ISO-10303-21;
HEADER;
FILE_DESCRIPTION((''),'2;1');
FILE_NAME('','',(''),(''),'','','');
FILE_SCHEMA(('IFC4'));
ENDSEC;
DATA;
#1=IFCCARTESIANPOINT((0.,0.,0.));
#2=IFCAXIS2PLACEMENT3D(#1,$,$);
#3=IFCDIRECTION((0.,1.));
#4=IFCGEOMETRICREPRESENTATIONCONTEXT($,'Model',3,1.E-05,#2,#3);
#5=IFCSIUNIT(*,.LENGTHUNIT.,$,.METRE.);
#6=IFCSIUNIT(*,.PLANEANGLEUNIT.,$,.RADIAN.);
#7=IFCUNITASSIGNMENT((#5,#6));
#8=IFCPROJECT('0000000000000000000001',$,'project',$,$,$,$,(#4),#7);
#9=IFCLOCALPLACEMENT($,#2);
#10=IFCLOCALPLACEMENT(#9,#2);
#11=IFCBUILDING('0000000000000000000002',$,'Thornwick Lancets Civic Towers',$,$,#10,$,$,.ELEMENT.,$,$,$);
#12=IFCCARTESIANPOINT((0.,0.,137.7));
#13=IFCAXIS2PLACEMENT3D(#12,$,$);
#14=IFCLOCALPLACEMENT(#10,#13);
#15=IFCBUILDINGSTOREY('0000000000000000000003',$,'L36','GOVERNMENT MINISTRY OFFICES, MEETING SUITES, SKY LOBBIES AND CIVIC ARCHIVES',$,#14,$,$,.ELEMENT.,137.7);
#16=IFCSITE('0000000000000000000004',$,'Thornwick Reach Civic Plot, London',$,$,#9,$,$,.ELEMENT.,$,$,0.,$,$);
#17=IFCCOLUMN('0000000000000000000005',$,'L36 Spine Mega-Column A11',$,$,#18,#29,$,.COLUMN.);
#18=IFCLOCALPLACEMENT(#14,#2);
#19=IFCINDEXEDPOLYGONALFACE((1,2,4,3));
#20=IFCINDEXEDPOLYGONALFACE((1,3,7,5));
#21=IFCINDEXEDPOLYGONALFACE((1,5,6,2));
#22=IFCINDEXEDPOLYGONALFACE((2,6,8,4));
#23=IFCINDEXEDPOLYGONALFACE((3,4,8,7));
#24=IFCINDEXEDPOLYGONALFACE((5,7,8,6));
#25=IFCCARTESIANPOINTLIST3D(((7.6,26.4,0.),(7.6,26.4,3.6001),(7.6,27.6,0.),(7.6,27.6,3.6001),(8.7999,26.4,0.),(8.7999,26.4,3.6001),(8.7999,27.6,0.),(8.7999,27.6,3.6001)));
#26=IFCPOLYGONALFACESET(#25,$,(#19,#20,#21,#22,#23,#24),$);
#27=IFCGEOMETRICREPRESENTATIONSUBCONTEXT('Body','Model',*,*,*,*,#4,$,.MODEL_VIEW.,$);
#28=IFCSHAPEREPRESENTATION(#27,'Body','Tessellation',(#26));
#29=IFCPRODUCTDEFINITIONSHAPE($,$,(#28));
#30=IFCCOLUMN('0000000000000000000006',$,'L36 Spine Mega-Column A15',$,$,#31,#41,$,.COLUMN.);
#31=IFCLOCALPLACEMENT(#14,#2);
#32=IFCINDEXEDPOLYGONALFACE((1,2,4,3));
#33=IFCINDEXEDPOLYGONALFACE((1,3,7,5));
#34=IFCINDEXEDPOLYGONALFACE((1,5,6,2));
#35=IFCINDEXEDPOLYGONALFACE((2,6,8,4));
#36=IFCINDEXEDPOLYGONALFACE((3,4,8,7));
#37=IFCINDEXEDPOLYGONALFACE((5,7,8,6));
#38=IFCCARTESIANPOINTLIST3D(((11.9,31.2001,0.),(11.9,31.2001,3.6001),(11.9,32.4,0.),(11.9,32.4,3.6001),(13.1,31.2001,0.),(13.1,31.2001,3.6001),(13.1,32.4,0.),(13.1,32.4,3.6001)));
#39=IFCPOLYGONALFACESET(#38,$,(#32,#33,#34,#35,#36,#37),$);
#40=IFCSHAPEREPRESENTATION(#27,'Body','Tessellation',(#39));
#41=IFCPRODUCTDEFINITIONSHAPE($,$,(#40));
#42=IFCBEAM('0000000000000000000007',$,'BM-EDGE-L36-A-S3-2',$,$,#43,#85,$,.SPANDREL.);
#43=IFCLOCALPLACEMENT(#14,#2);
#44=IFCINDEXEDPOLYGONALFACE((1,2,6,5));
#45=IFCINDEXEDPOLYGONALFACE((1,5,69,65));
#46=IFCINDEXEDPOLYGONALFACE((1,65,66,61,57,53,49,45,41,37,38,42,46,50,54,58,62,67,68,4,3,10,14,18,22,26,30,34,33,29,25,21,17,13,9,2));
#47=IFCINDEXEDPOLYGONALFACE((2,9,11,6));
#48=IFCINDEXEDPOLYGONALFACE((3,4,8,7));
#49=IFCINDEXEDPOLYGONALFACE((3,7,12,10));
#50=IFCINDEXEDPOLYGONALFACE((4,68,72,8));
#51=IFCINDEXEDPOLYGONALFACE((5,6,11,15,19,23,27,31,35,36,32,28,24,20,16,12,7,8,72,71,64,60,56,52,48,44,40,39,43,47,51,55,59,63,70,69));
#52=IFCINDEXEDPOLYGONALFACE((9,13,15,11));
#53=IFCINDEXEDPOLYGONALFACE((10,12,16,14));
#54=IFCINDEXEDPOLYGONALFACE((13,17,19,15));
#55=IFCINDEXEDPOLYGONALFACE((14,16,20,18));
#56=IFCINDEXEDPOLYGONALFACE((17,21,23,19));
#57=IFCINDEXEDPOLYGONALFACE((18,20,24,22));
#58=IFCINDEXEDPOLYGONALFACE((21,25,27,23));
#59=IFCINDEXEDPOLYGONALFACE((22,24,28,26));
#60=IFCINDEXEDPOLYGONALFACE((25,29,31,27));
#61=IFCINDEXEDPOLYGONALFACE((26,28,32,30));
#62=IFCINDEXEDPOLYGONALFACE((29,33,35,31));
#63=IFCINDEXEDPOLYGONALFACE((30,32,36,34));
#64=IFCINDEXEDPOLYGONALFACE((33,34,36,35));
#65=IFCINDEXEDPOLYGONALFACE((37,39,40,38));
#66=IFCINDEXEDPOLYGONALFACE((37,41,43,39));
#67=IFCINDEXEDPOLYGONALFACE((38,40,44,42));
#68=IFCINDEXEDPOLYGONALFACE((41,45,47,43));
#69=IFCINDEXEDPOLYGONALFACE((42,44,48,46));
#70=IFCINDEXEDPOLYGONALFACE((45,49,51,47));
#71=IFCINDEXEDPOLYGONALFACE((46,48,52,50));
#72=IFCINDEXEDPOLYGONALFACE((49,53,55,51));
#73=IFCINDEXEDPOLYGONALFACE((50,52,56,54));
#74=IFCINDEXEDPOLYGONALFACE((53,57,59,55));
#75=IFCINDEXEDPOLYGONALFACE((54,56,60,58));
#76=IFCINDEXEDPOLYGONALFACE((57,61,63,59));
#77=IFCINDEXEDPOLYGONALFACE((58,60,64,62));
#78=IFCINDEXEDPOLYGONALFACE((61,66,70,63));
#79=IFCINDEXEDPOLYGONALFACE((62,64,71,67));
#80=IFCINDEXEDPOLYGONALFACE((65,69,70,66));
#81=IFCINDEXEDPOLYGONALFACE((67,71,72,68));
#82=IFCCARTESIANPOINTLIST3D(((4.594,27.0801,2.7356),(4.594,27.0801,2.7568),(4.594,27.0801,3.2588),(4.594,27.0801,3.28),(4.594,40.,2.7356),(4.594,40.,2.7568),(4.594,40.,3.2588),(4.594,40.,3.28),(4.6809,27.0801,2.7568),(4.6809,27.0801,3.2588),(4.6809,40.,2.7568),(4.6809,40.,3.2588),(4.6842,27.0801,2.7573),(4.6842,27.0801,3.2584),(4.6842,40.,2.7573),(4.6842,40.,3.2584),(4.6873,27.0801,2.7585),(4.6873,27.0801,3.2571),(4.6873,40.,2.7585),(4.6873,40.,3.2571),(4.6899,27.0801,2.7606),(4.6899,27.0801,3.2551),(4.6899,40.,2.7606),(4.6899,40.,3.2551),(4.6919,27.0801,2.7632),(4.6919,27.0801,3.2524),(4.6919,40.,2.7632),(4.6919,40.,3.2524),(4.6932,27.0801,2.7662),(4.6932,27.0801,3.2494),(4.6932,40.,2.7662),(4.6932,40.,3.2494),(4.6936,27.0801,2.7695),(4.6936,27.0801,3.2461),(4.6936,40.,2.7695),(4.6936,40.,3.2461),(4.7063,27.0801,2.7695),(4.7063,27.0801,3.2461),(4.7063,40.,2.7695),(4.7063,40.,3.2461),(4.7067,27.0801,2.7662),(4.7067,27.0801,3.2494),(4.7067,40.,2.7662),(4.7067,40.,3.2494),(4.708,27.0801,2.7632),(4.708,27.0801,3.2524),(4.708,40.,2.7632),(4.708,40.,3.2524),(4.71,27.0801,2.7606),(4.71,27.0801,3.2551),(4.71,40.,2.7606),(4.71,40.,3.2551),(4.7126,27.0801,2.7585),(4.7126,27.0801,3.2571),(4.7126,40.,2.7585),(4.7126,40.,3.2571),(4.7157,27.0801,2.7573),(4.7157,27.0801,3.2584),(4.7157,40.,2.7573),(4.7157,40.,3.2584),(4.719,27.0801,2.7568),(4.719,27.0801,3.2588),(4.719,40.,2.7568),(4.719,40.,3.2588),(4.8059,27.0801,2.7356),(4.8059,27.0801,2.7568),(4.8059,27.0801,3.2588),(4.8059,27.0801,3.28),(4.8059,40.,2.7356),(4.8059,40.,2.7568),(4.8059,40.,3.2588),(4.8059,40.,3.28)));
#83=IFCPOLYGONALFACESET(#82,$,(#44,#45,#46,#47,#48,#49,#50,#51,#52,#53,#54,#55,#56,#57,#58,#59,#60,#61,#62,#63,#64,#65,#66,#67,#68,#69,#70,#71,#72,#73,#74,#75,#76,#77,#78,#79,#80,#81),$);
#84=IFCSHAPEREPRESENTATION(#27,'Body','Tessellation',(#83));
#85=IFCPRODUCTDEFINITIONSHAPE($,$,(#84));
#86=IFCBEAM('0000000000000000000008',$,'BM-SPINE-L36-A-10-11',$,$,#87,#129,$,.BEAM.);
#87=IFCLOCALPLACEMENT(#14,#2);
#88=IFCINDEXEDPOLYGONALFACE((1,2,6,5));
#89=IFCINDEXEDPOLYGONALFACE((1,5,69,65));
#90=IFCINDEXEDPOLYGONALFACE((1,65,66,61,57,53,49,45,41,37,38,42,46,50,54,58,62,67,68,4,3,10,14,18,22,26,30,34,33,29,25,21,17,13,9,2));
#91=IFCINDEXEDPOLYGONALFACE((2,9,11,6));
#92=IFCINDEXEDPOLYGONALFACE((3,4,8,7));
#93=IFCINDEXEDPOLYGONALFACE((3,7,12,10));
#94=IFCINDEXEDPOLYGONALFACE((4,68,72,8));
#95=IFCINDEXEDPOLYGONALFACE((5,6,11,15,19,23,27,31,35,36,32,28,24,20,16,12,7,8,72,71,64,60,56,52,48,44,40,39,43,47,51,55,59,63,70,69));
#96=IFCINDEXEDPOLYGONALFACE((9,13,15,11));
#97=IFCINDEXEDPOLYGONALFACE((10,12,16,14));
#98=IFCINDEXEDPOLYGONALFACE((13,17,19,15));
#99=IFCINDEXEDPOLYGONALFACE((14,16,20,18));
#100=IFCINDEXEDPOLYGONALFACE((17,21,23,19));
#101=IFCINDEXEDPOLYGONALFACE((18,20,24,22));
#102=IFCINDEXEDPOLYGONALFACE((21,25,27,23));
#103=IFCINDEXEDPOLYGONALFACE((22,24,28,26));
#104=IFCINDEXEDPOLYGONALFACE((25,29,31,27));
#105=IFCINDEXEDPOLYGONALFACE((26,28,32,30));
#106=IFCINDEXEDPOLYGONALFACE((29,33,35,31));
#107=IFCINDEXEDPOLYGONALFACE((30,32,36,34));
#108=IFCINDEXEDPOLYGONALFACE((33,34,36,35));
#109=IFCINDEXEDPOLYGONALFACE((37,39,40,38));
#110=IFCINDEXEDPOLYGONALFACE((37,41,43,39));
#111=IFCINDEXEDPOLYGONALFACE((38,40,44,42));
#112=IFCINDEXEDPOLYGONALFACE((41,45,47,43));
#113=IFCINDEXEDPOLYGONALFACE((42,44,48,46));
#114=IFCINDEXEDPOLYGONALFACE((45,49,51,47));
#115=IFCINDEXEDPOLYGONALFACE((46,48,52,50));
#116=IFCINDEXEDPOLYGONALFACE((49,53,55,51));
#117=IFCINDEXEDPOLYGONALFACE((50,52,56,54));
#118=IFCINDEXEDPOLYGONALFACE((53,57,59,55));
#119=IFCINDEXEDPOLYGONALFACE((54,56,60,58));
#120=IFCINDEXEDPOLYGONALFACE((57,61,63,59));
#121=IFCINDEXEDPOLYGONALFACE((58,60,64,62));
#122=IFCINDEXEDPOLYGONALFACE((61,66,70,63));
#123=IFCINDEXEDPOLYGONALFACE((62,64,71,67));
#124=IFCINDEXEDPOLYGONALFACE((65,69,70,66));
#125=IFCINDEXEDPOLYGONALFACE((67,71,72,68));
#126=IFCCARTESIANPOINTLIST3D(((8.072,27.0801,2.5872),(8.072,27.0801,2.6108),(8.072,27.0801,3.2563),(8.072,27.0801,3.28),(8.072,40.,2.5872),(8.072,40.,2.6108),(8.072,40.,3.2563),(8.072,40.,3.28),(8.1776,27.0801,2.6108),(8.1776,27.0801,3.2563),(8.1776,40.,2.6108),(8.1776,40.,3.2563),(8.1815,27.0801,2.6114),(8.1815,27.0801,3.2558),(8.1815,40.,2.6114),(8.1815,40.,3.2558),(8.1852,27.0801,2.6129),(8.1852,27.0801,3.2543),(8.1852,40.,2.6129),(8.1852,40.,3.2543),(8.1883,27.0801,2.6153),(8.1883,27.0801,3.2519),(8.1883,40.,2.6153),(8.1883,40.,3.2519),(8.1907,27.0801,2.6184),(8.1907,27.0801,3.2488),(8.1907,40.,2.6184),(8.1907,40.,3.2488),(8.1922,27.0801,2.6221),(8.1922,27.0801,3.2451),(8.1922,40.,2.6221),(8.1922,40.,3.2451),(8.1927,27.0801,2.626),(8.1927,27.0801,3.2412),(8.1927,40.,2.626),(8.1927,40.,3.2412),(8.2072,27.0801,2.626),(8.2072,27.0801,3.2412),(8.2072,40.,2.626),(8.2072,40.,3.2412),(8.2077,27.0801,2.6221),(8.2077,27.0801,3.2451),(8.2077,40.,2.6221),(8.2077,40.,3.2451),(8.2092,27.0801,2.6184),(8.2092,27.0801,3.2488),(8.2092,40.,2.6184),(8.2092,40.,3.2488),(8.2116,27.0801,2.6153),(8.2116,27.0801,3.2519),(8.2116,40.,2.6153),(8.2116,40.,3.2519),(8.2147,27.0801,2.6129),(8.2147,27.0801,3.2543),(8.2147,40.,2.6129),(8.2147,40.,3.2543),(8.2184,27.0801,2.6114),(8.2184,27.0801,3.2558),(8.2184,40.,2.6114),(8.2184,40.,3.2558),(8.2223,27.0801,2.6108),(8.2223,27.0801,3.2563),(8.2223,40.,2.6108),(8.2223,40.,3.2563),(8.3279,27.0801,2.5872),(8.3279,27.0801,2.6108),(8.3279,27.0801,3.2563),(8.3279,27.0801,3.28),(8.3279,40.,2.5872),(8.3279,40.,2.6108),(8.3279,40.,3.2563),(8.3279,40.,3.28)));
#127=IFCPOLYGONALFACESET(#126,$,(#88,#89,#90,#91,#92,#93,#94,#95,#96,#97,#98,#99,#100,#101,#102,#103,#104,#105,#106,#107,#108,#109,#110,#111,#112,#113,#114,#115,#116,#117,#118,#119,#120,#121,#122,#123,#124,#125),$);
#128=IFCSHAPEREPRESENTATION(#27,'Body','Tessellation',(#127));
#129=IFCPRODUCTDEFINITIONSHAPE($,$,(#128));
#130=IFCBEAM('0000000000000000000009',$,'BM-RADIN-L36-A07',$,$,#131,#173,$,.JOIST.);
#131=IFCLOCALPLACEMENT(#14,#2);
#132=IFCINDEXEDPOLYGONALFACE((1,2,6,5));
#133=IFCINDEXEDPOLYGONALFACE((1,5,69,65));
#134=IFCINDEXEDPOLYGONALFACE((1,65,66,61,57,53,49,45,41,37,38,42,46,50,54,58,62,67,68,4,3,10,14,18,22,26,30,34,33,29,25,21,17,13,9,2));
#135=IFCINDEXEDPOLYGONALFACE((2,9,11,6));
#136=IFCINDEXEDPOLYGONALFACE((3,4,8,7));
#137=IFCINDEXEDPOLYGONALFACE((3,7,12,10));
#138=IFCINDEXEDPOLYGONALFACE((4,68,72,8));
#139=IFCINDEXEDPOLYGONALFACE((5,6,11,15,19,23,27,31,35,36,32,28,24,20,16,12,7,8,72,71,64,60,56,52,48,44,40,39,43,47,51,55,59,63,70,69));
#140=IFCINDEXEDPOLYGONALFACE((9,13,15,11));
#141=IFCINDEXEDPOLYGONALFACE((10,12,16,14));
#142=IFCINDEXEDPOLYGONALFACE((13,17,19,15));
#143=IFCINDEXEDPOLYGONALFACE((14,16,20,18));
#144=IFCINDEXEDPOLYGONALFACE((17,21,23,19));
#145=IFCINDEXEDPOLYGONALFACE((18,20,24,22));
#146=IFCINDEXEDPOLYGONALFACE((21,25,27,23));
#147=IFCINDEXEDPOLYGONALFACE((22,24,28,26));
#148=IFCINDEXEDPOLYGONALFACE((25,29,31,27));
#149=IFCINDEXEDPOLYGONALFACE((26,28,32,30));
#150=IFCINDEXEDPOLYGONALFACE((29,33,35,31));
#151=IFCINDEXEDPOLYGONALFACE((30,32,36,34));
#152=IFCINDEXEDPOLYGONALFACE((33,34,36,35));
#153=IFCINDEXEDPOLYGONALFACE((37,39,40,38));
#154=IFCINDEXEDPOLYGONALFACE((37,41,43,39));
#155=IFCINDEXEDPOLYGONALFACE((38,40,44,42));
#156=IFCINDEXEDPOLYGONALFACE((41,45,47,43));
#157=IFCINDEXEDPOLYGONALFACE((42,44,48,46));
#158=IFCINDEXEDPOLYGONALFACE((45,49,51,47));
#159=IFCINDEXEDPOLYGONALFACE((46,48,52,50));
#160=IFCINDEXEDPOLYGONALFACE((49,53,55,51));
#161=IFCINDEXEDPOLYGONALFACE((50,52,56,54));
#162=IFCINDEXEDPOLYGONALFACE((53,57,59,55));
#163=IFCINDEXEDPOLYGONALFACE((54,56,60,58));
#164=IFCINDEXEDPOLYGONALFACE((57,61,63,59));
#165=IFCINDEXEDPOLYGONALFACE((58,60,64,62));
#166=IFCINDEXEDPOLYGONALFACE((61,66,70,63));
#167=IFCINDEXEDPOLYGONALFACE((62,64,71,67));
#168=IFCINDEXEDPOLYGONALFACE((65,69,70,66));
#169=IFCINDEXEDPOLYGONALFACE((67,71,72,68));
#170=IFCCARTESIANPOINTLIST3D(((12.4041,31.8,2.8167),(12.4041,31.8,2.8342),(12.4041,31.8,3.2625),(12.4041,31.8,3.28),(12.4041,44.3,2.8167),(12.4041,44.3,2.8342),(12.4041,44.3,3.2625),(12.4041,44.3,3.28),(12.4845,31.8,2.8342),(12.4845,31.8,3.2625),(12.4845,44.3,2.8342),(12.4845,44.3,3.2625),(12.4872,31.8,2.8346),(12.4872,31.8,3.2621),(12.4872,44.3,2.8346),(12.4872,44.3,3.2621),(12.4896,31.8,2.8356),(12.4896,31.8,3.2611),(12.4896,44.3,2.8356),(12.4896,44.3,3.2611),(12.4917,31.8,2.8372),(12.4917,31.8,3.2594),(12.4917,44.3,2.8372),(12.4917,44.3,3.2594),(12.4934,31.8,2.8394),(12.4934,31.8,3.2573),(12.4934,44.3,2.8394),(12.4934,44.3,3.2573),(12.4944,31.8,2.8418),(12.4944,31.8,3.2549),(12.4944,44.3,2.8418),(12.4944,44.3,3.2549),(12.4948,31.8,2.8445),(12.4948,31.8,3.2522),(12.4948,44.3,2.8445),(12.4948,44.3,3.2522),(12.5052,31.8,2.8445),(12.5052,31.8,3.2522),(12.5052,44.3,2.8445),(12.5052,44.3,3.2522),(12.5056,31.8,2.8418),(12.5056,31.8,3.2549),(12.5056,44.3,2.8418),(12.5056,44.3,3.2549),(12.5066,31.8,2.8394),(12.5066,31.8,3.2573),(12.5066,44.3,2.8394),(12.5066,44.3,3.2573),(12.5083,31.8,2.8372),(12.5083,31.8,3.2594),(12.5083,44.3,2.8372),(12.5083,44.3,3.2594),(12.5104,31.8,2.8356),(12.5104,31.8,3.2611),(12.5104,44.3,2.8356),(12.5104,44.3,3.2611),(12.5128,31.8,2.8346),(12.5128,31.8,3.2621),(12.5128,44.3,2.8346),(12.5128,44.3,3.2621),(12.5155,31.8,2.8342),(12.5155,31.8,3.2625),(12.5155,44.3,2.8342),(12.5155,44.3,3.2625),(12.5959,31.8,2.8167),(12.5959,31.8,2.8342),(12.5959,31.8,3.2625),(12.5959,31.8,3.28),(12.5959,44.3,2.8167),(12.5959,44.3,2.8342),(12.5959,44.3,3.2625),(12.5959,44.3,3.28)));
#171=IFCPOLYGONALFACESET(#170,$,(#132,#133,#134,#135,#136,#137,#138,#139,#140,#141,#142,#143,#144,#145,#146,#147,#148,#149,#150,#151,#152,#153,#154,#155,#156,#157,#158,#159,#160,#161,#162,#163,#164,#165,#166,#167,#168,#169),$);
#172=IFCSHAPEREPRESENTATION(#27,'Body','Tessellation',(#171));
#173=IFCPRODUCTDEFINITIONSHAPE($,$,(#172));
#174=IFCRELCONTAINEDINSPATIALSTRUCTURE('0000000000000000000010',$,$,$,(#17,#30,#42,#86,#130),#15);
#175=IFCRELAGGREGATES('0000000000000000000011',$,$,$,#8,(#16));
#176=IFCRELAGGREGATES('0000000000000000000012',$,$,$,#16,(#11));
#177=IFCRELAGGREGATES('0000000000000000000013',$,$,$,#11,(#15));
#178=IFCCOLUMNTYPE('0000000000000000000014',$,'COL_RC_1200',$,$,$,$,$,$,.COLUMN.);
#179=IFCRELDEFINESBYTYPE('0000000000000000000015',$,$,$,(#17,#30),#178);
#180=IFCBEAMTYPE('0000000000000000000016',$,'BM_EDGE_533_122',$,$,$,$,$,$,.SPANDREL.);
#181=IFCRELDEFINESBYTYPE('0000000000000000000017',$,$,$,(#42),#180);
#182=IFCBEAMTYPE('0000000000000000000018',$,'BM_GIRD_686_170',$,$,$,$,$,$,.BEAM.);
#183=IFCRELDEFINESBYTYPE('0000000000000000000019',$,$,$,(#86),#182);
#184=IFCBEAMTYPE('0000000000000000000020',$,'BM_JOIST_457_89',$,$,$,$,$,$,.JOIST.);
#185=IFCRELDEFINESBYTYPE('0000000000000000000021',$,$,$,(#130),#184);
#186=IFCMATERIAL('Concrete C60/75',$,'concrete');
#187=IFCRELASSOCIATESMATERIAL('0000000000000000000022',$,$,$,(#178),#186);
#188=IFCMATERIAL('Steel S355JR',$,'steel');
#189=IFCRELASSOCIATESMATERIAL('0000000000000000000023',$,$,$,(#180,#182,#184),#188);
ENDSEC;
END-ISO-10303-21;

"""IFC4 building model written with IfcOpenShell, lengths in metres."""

from ifc_helpers import new_model, si_unit, direction, frame, origin, origin_2d, place, context, subcontext, project, spatial, rectangle, i_section, extrude, material, material_profile, profile_set, type_object, element, save


model = new_model("IFC4")

# Units and contexts
model_context = context("Model", 3, precision=1e-05, world=origin(), true_north=direction((0.0, 1.0)))
body_context = subcontext(model_context, "Body", "Model", "MODEL_VIEW")
ifc_project = project(units=[si_unit("LENGTHUNIT", "METRE"), si_unit("PLANEANGLEUNIT", "RADIAN")], contexts=[model_context])

# Site, building, storey
site_placement = place(None, origin())
site = spatial("IfcSite", under=ifc_project, at=site_placement, Name="Thornwick Reach Civic Plot, London", CompositionType="ELEMENT", RefElevation=0.0)
building_placement = place(site_placement, origin())
building = spatial("IfcBuilding", under=site, at=building_placement, Name="Thornwick Lancets Civic Towers", CompositionType="ELEMENT")
storey_placement = place(building_placement, frame((0.0, 0.0, 137.7)))
storey = spatial("IfcBuildingStorey", under=building, at=storey_placement, Name="L36", Description="GOVERNMENT MINISTRY OFFICES, MEETING SUITES, SKY LOBBIES AND CIVIC ARCHIVES", CompositionType="ELEMENT", Elevation=137.7)

# Columns
ifc_material_1 = material(Name="Concrete C60/75", Category="concrete")
ifc_material_profile_1 = material_profile(ifc_material_1, rectangle(XDim=1.2, YDim=1.2, at=origin_2d()), Name="RC 1200x1200")
ifc_profile_set_1 = profile_set([ifc_material_profile_1], Name="Concrete C60/75")
column_type = type_object("IfcColumnType", Name="COL_RC_1200", PredefinedType="COLUMN", material=ifc_profile_set_1)
for number, where, z_axis, x_axis, name in (
    (1, (8.2, 27.0, 0.0), (0.0, 0.0, 1.0), (1.0, 0.0, 0.0), "L36 Spine Mega-Column A11"),
    (2, (12.5, 31.8, 0.0), (0.0, 0.0, 1.0), (1.0, 0.0, 0.0), "L36 Spine Mega-Column A15"),
):
    element("IfcColumn", number, at=place(storey_placement, frame(where, z_axis=z_axis, x_axis=x_axis)), inside=storey, type_object=column_type, Name=name, PredefinedType="COLUMN", context=body_context, shape_type="SweptSolid", body=[
        extrude(rectangle(XDim=1.2, YDim=1.2, at=origin_2d()), origin(), (0.0, 0.0, 1.0), 3.6001),
    ])

# Beams
ifc_material_2 = material(Name="Steel S355JR", Category="steel")
ifc_material_profile_2 = material_profile(ifc_material_2, i_section(OverallWidth=0.2119, OverallDepth=0.5444, WebThickness=0.0127, FlangeThickness=0.0212, FilletRadius=0.0127, at=origin_2d()), Name="UKB 533x210x122")
ifc_profile_set_2 = profile_set([ifc_material_profile_2], Name="Steel S355JR")
beam_type_1 = type_object("IfcBeamType", Name="BM_EDGE_533_122", PredefinedType="SPANDREL", material=ifc_profile_set_2)
beam_1_placement = place(storey_placement, frame((4.7, 27.0801, 3.0078), z_axis=(0.0, 1.0, 0.0), x_axis=(-1.0, 0.0, 0.0)))
element("IfcBeam", 3, at=beam_1_placement, inside=storey, type_object=beam_type_1, Name="BM-EDGE-L36-A-S3-2", PredefinedType="SPANDREL", context=body_context, shape_type="SweptSolid", body=[
    extrude(i_section(OverallWidth=0.2119, OverallDepth=0.5444, WebThickness=0.0127, FlangeThickness=0.0212, FilletRadius=0.0127, at=origin_2d()), origin(), (0.0, 0.0, 1.0), 12.9199),
])
ifc_material_profile_3 = material_profile(ifc_material_2, i_section(OverallWidth=0.2559, OverallDepth=0.6929, WebThickness=0.0144, FlangeThickness=0.0237, FilletRadius=0.0151, at=origin_2d()), Name="UKB 686x254x170")
ifc_profile_set_3 = profile_set([ifc_material_profile_3], Name="Steel S355JR")
beam_type_2 = type_object("IfcBeamType", Name="BM_GIRD_686_170", PredefinedType="BEAM", material=ifc_profile_set_3)
beam_2_placement = place(storey_placement, frame((8.2, 27.0801, 2.9336), z_axis=(0.0, 1.0, 0.0), x_axis=(-1.0, 0.0, 0.0)))
element("IfcBeam", 4, at=beam_2_placement, inside=storey, type_object=beam_type_2, Name="BM-SPINE-L36-A-10-11", PredefinedType="BEAM", context=body_context, shape_type="SweptSolid", body=[
    extrude(i_section(OverallWidth=0.2559, OverallDepth=0.6929, WebThickness=0.0144, FlangeThickness=0.0237, FilletRadius=0.0151, at=origin_2d()), origin(), (0.0, 0.0, 1.0), 12.9199),
])
ifc_material_profile_4 = material_profile(ifc_material_2, i_section(OverallWidth=0.1919, OverallDepth=0.4634, WebThickness=0.0105, FlangeThickness=0.0176, FilletRadius=0.0103, at=origin_2d()), Name="UKB 457x191x89")
ifc_profile_set_4 = profile_set([ifc_material_profile_4], Name="Steel S355JR")
beam_type_3 = type_object("IfcBeamType", Name="BM_JOIST_457_89", PredefinedType="JOIST", material=ifc_profile_set_4)
beam_3_placement = place(storey_placement, frame((12.5, 31.8, 3.0483), z_axis=(0.0, 1.0, 0.0), x_axis=(-1.0, 0.0, 0.0)))
element("IfcBeam", 5, at=beam_3_placement, inside=storey, type_object=beam_type_3, Name="BM-RADIN-L36-A07", PredefinedType="JOIST", context=body_context, shape_type="SweptSolid", body=[
    extrude(i_section(OverallWidth=0.1919, OverallDepth=0.4634, WebThickness=0.0105, FlangeThickness=0.0176, FilletRadius=0.0103, at=origin_2d()), origin(), (0.0, 0.0, 1.0), 12.5),
])

save(model, "model.ifc")
